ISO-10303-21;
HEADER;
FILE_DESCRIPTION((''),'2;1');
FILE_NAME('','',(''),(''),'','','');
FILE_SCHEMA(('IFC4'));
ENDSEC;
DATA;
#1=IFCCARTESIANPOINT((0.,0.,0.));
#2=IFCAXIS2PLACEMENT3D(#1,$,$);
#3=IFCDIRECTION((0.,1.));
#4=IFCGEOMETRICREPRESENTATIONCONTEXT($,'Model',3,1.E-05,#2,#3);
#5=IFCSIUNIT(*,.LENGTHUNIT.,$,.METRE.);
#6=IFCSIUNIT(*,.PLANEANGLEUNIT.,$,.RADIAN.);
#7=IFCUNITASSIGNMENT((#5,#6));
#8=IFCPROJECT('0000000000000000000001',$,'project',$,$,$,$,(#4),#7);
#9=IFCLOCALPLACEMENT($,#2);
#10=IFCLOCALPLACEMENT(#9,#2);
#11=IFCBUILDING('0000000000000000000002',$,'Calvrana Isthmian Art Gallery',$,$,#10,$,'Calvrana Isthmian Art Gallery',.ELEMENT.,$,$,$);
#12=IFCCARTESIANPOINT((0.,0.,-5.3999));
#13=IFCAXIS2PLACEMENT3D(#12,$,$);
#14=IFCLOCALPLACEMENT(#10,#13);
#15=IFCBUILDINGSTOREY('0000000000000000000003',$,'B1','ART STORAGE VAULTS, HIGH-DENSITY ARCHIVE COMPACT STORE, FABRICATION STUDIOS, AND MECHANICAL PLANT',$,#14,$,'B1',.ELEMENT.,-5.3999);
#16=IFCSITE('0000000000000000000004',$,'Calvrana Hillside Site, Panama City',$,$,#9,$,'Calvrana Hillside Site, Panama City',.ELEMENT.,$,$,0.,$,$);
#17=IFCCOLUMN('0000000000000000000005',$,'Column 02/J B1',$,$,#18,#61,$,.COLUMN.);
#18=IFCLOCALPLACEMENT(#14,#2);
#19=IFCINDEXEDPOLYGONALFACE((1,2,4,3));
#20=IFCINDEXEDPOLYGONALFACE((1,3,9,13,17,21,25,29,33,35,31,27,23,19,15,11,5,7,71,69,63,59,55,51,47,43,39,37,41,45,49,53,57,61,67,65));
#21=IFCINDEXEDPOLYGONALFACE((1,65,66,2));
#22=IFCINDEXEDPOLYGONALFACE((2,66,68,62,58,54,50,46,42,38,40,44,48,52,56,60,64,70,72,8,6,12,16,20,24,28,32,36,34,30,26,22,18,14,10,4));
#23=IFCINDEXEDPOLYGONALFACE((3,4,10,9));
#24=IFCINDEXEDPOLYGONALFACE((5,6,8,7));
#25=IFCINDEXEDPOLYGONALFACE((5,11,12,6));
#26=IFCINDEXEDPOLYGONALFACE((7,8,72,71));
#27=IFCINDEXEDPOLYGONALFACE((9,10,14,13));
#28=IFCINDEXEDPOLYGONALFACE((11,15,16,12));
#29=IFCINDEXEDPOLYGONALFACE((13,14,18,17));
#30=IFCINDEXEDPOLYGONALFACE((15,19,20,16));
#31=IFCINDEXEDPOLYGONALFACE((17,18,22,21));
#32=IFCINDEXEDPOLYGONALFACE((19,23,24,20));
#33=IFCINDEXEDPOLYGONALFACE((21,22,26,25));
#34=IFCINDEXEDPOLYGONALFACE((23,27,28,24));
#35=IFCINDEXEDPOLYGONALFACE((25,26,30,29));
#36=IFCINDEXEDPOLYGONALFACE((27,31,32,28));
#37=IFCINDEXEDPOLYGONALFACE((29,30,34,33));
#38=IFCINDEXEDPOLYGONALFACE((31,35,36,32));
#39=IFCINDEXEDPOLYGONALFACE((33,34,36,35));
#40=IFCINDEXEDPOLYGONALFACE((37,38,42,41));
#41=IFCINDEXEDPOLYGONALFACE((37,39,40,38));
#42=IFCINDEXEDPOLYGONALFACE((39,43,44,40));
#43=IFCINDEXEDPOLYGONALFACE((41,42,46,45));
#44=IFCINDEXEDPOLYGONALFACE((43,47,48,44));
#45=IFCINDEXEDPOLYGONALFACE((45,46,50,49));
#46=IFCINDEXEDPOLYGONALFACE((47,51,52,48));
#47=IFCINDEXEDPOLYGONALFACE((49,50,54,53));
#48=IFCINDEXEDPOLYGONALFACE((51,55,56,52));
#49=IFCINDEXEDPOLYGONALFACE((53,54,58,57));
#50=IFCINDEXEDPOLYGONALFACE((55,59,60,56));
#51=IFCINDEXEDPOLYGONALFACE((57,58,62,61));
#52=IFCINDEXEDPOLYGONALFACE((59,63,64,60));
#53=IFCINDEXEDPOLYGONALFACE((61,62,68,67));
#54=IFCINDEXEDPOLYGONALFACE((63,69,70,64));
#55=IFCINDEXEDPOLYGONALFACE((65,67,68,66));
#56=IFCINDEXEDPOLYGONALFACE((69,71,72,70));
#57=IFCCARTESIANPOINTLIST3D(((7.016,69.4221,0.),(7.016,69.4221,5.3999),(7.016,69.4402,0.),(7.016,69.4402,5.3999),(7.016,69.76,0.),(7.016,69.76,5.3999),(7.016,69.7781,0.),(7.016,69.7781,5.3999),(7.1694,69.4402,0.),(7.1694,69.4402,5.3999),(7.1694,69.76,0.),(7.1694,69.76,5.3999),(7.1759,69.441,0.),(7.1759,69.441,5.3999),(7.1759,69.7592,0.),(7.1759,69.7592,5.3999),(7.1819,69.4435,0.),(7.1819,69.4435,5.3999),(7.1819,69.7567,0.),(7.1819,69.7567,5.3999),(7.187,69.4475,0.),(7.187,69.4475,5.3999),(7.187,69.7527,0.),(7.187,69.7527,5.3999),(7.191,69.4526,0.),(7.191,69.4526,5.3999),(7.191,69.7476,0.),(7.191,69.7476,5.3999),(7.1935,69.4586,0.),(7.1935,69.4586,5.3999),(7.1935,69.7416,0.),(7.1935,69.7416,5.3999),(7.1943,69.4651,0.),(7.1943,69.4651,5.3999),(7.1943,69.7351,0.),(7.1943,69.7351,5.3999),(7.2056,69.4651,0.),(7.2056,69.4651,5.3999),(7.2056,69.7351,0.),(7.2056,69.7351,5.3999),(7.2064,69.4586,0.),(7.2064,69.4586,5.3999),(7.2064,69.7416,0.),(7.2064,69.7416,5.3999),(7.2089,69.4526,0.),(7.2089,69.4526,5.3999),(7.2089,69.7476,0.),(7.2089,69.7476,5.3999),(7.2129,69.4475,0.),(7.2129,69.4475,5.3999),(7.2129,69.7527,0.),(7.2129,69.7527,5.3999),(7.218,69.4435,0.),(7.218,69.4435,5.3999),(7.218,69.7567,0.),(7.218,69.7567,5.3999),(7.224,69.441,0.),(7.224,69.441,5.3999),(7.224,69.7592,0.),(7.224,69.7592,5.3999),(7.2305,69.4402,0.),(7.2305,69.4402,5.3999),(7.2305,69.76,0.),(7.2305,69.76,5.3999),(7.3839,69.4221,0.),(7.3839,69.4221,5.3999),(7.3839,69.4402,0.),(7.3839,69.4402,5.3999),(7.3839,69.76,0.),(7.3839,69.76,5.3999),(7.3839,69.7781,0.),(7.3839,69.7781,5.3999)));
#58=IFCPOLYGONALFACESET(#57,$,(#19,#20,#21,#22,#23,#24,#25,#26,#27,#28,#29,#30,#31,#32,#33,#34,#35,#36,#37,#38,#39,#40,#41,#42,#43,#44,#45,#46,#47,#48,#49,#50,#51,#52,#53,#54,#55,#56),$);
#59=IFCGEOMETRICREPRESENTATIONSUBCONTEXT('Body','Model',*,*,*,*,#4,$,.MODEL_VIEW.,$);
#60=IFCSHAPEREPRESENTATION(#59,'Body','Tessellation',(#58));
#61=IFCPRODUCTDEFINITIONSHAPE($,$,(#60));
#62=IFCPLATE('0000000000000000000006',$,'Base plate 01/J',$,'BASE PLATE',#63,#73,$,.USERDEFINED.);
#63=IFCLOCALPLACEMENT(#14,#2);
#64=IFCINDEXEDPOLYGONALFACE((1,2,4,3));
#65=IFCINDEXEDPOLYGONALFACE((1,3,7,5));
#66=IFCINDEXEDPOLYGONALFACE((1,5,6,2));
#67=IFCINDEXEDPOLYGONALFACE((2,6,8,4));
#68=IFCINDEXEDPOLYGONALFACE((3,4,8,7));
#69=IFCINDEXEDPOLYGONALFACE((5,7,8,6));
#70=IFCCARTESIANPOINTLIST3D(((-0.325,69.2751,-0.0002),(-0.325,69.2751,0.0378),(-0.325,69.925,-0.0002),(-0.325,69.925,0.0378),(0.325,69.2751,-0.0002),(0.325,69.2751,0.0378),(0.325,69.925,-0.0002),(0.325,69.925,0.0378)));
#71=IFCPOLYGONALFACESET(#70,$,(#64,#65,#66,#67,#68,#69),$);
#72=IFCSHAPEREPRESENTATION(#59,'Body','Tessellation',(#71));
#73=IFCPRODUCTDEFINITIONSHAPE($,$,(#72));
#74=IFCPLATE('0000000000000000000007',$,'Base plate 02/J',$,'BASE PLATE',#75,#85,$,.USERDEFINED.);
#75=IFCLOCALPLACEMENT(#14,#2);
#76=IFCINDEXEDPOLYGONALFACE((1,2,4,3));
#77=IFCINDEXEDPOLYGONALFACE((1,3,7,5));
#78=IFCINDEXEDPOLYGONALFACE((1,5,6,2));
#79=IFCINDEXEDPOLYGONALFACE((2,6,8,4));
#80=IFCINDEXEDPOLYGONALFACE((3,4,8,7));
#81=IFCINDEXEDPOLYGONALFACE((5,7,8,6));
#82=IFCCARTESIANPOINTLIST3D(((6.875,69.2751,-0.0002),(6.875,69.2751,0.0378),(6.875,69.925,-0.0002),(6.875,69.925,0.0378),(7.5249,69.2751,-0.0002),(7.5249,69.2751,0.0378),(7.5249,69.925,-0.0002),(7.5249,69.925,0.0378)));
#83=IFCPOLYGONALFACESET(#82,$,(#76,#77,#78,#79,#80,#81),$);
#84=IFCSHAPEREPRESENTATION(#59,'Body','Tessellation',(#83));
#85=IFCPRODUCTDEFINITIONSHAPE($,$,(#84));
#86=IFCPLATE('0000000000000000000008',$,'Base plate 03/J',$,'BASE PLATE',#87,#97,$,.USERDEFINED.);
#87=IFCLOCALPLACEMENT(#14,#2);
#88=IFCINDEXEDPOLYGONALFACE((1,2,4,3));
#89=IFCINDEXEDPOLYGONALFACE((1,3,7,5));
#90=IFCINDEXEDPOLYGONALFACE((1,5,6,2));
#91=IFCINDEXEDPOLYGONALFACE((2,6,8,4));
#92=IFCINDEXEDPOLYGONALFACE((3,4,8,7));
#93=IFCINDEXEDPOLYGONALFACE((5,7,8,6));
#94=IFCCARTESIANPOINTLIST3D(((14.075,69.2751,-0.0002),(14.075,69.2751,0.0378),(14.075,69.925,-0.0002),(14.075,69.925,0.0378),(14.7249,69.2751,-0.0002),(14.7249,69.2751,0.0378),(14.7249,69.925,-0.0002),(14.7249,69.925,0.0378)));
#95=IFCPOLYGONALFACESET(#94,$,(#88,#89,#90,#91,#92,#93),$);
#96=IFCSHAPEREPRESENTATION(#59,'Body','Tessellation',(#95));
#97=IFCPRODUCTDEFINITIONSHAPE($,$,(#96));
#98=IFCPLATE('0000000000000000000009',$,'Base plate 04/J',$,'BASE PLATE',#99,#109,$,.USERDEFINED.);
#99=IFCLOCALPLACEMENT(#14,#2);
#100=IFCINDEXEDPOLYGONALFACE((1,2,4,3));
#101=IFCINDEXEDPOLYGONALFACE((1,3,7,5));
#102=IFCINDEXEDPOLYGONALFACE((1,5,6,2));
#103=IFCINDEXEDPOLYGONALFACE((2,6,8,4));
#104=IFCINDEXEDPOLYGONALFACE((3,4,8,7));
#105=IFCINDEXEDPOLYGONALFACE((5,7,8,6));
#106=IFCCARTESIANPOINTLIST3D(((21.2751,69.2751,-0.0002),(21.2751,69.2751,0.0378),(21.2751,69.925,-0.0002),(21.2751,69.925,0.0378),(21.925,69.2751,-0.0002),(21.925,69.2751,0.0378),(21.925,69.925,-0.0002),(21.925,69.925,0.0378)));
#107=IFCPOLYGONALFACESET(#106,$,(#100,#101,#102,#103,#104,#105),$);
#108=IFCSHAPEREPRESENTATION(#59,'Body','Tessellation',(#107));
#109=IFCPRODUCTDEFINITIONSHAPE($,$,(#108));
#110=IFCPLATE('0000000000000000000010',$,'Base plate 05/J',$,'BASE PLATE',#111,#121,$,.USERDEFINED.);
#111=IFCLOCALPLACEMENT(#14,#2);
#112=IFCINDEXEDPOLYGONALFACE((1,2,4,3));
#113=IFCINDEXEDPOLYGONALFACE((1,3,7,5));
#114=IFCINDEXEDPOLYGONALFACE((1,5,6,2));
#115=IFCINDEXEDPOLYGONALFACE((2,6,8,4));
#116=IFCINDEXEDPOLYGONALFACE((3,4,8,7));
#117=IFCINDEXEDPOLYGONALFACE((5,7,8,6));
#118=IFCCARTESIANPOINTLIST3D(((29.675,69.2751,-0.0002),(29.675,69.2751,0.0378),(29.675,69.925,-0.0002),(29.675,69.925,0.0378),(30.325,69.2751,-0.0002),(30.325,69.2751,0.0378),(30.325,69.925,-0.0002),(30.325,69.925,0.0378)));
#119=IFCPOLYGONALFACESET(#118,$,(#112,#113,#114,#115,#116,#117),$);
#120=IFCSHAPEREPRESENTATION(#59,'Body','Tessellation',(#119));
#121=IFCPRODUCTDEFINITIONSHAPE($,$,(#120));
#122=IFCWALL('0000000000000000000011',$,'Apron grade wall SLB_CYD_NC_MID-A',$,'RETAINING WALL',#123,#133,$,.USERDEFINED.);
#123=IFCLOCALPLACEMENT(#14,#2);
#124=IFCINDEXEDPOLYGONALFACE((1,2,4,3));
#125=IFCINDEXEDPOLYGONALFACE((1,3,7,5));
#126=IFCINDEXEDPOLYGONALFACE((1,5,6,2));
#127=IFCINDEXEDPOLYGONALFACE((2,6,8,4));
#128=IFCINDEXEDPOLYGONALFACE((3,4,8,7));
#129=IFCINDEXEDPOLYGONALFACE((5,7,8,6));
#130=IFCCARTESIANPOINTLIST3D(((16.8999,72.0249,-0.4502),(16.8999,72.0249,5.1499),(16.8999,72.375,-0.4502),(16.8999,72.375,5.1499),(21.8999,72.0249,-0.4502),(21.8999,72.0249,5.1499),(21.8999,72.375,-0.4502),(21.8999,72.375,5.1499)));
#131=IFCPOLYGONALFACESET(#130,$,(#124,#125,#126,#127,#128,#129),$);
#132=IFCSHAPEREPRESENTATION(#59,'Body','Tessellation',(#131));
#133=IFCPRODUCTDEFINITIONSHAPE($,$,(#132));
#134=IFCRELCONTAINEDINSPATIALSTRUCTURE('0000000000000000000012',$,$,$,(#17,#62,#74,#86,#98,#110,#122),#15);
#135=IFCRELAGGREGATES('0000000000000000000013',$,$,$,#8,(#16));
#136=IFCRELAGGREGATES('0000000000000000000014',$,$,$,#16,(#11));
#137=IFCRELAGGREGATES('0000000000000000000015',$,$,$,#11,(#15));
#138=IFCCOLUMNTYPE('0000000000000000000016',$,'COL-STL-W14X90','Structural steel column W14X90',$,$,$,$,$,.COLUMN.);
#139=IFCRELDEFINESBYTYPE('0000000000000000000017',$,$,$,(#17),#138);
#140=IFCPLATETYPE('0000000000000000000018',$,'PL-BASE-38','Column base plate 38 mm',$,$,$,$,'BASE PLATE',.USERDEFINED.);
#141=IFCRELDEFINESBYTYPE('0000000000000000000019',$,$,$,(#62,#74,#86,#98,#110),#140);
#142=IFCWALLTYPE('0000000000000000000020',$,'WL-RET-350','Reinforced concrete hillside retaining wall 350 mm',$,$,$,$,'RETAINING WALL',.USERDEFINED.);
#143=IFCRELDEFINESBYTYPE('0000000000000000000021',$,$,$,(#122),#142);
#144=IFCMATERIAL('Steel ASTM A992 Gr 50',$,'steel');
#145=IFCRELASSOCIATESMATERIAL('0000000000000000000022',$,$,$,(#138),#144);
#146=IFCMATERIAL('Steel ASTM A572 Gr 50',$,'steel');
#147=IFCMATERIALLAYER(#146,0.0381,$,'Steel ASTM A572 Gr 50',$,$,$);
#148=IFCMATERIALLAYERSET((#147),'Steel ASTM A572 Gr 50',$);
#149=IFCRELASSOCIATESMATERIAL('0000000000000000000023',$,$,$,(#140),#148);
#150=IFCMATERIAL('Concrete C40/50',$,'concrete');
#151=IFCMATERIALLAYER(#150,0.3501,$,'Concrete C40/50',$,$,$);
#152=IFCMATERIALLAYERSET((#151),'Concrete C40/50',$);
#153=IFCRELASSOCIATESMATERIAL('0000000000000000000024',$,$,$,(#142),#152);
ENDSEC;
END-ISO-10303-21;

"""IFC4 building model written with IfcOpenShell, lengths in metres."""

from ifc_helpers import new_model, si_unit, direction, frame, frame_2d, origin, origin_2d, place, context, subcontext, project, spatial, rectangle, i_section, extrude, material, layer, layer_set, material_profile, profile_set, type_object, element, save


model = new_model("IFC4")

# Units and contexts
model_context = context("Model", 3, precision=1e-05, world=origin(), true_north=direction((0.0, 1.0)))
body_context = subcontext(model_context, "Body", "Model", "MODEL_VIEW")
ifc_project = project(units=[si_unit("LENGTHUNIT", "METRE"), si_unit("PLANEANGLEUNIT", "RADIAN")], contexts=[model_context])

# Site, building, storey
site_placement = place(None, origin())
site = spatial("IfcSite", under=ifc_project, at=site_placement, Name="Calvrana Hillside Site, Panama City", LongName="Calvrana Hillside Site, Panama City", CompositionType="ELEMENT", RefElevation=0.0)
building_placement = place(site_placement, origin())
building = spatial("IfcBuilding", under=site, at=building_placement, Name="Calvrana Isthmian Art Gallery", LongName="Calvrana Isthmian Art Gallery", CompositionType="ELEMENT")
storey_placement = place(building_placement, frame((0.0, 0.0, -5.3999)))
storey = spatial("IfcBuildingStorey", under=building, at=storey_placement, Name="B1", Description="ART STORAGE VAULTS, HIGH-DENSITY ARCHIVE COMPACT STORE, FABRICATION STUDIOS, AND MECHANICAL PLANT", LongName="B1", CompositionType="ELEMENT", Elevation=-5.3999)

# Column
ifc_material_1 = material(Name="Concrete C40/50", Category="concrete")
ifc_material_2 = material(Name="Steel ASTM A992 Gr 50", Category="steel")
ifc_material_profile_1 = material_profile(ifc_material_2, i_section(OverallWidth=0.3679, OverallDepth=0.356, WebThickness=0.0112, FlangeThickness=0.0181, FilletRadius=0.0249, at=origin_2d()), Name="W14X90")
ifc_profile_set_1 = profile_set([ifc_material_profile_1], Name="Steel ASTM A992 Gr 50")
column_type_1 = type_object("IfcColumnType", Name="COL-STL-W14X90", Description="Structural steel column W14X90", PredefinedType="COLUMN", material=ifc_profile_set_1)
column_1_placement = place(storey_placement, frame((7.2, 69.6001, 0.0), z_axis=(0.0, 0.0, 1.0), x_axis=(1.0, 0.0, 0.0)))
element("IfcColumn", 1, at=column_1_placement, inside=storey, type_object=column_type_1, Name="Column 02/J B1", PredefinedType="COLUMN", context=body_context, shape_type="SweptSolid", body=[
    extrude(i_section(OverallWidth=0.3679, OverallDepth=0.356, WebThickness=0.0112, FlangeThickness=0.0181, FilletRadius=0.0249, at=origin_2d()), origin(), (0.0, 0.0, 1.0), 5.3999),
])

# Plates
ifc_material_3 = material(Name="Steel ASTM A572 Gr 50", Category="steel")
ifc_layer_1 = layer(ifc_material_3, 0.0381, Name="Steel ASTM A572 Gr 50")
ifc_layer_set_1 = layer_set([ifc_layer_1], Name="Steel ASTM A572 Gr 50")
plate_type = type_object("IfcPlateType", Name="PL-BASE-38", Description="Column base plate 38 mm", ElementType="BASE PLATE", PredefinedType="USERDEFINED", material=ifc_layer_set_1)
for number, where, z_axis, x_axis, name in (
    (2, (0.0, 69.6001, -0.0002), (0.0, 0.0, 1.0), (1.0, 0.0, 0.0), "Base plate 01/J"),
    (3, (7.2, 69.6001, -0.0002), (0.0, 0.0, 1.0), (1.0, 0.0, 0.0), "Base plate 02/J"),
    (4, (14.3999, 69.6001, -0.0002), (0.0, 0.0, 1.0), (1.0, 0.0, 0.0), "Base plate 03/J"),
    (5, (21.6001, 69.6001, -0.0002), (0.0, 0.0, 1.0), (1.0, 0.0, 0.0), "Base plate 04/J"),
    (6, (30.0, 69.6001, -0.0002), (0.0, 0.0, 1.0), (1.0, 0.0, 0.0), "Base plate 05/J"),
):
    element("IfcPlate", number, at=place(storey_placement, frame(where, z_axis=z_axis, x_axis=x_axis)), inside=storey, type_object=plate_type, Name=name, ObjectType="BASE PLATE", PredefinedType="USERDEFINED", context=body_context, shape_type="SweptSolid", body=[
        extrude(rectangle(XDim=0.6499, YDim=0.6499, at=origin_2d()), origin(), (0.0, 0.0, 1.0), 0.0381),
    ])

# Wall
ifc_layer_2 = layer(ifc_material_1, 0.3501, Name="Concrete C40/50")
ifc_layer_set_2 = layer_set([ifc_layer_2], Name="Concrete C40/50")
wall_type = type_object("IfcWallType", Name="WL-RET-350", Description="Reinforced concrete hillside retaining wall 350 mm", ElementType="RETAINING WALL", PredefinedType="USERDEFINED", material=ifc_layer_set_2)
wall_placement = place(storey_placement, frame((16.8999, 72.2, -0.4502), z_axis=(0.0, 0.0, 1.0), x_axis=(1.0, 0.0, 0.0)))
element("IfcWall", 7, at=wall_placement, inside=storey, type_object=wall_type, Name="Apron grade wall SLB_CYD_NC_MID-A", ObjectType="RETAINING WALL", PredefinedType="USERDEFINED", context=body_context, shape_type="SweptSolid", body=[
    extrude(rectangle(XDim=5.0, YDim=0.3501, at=frame_2d((2.5, 0.0))), origin(), (0.0, 0.0, 1.0), 5.6001),
])

save(model, "model.ifc")
